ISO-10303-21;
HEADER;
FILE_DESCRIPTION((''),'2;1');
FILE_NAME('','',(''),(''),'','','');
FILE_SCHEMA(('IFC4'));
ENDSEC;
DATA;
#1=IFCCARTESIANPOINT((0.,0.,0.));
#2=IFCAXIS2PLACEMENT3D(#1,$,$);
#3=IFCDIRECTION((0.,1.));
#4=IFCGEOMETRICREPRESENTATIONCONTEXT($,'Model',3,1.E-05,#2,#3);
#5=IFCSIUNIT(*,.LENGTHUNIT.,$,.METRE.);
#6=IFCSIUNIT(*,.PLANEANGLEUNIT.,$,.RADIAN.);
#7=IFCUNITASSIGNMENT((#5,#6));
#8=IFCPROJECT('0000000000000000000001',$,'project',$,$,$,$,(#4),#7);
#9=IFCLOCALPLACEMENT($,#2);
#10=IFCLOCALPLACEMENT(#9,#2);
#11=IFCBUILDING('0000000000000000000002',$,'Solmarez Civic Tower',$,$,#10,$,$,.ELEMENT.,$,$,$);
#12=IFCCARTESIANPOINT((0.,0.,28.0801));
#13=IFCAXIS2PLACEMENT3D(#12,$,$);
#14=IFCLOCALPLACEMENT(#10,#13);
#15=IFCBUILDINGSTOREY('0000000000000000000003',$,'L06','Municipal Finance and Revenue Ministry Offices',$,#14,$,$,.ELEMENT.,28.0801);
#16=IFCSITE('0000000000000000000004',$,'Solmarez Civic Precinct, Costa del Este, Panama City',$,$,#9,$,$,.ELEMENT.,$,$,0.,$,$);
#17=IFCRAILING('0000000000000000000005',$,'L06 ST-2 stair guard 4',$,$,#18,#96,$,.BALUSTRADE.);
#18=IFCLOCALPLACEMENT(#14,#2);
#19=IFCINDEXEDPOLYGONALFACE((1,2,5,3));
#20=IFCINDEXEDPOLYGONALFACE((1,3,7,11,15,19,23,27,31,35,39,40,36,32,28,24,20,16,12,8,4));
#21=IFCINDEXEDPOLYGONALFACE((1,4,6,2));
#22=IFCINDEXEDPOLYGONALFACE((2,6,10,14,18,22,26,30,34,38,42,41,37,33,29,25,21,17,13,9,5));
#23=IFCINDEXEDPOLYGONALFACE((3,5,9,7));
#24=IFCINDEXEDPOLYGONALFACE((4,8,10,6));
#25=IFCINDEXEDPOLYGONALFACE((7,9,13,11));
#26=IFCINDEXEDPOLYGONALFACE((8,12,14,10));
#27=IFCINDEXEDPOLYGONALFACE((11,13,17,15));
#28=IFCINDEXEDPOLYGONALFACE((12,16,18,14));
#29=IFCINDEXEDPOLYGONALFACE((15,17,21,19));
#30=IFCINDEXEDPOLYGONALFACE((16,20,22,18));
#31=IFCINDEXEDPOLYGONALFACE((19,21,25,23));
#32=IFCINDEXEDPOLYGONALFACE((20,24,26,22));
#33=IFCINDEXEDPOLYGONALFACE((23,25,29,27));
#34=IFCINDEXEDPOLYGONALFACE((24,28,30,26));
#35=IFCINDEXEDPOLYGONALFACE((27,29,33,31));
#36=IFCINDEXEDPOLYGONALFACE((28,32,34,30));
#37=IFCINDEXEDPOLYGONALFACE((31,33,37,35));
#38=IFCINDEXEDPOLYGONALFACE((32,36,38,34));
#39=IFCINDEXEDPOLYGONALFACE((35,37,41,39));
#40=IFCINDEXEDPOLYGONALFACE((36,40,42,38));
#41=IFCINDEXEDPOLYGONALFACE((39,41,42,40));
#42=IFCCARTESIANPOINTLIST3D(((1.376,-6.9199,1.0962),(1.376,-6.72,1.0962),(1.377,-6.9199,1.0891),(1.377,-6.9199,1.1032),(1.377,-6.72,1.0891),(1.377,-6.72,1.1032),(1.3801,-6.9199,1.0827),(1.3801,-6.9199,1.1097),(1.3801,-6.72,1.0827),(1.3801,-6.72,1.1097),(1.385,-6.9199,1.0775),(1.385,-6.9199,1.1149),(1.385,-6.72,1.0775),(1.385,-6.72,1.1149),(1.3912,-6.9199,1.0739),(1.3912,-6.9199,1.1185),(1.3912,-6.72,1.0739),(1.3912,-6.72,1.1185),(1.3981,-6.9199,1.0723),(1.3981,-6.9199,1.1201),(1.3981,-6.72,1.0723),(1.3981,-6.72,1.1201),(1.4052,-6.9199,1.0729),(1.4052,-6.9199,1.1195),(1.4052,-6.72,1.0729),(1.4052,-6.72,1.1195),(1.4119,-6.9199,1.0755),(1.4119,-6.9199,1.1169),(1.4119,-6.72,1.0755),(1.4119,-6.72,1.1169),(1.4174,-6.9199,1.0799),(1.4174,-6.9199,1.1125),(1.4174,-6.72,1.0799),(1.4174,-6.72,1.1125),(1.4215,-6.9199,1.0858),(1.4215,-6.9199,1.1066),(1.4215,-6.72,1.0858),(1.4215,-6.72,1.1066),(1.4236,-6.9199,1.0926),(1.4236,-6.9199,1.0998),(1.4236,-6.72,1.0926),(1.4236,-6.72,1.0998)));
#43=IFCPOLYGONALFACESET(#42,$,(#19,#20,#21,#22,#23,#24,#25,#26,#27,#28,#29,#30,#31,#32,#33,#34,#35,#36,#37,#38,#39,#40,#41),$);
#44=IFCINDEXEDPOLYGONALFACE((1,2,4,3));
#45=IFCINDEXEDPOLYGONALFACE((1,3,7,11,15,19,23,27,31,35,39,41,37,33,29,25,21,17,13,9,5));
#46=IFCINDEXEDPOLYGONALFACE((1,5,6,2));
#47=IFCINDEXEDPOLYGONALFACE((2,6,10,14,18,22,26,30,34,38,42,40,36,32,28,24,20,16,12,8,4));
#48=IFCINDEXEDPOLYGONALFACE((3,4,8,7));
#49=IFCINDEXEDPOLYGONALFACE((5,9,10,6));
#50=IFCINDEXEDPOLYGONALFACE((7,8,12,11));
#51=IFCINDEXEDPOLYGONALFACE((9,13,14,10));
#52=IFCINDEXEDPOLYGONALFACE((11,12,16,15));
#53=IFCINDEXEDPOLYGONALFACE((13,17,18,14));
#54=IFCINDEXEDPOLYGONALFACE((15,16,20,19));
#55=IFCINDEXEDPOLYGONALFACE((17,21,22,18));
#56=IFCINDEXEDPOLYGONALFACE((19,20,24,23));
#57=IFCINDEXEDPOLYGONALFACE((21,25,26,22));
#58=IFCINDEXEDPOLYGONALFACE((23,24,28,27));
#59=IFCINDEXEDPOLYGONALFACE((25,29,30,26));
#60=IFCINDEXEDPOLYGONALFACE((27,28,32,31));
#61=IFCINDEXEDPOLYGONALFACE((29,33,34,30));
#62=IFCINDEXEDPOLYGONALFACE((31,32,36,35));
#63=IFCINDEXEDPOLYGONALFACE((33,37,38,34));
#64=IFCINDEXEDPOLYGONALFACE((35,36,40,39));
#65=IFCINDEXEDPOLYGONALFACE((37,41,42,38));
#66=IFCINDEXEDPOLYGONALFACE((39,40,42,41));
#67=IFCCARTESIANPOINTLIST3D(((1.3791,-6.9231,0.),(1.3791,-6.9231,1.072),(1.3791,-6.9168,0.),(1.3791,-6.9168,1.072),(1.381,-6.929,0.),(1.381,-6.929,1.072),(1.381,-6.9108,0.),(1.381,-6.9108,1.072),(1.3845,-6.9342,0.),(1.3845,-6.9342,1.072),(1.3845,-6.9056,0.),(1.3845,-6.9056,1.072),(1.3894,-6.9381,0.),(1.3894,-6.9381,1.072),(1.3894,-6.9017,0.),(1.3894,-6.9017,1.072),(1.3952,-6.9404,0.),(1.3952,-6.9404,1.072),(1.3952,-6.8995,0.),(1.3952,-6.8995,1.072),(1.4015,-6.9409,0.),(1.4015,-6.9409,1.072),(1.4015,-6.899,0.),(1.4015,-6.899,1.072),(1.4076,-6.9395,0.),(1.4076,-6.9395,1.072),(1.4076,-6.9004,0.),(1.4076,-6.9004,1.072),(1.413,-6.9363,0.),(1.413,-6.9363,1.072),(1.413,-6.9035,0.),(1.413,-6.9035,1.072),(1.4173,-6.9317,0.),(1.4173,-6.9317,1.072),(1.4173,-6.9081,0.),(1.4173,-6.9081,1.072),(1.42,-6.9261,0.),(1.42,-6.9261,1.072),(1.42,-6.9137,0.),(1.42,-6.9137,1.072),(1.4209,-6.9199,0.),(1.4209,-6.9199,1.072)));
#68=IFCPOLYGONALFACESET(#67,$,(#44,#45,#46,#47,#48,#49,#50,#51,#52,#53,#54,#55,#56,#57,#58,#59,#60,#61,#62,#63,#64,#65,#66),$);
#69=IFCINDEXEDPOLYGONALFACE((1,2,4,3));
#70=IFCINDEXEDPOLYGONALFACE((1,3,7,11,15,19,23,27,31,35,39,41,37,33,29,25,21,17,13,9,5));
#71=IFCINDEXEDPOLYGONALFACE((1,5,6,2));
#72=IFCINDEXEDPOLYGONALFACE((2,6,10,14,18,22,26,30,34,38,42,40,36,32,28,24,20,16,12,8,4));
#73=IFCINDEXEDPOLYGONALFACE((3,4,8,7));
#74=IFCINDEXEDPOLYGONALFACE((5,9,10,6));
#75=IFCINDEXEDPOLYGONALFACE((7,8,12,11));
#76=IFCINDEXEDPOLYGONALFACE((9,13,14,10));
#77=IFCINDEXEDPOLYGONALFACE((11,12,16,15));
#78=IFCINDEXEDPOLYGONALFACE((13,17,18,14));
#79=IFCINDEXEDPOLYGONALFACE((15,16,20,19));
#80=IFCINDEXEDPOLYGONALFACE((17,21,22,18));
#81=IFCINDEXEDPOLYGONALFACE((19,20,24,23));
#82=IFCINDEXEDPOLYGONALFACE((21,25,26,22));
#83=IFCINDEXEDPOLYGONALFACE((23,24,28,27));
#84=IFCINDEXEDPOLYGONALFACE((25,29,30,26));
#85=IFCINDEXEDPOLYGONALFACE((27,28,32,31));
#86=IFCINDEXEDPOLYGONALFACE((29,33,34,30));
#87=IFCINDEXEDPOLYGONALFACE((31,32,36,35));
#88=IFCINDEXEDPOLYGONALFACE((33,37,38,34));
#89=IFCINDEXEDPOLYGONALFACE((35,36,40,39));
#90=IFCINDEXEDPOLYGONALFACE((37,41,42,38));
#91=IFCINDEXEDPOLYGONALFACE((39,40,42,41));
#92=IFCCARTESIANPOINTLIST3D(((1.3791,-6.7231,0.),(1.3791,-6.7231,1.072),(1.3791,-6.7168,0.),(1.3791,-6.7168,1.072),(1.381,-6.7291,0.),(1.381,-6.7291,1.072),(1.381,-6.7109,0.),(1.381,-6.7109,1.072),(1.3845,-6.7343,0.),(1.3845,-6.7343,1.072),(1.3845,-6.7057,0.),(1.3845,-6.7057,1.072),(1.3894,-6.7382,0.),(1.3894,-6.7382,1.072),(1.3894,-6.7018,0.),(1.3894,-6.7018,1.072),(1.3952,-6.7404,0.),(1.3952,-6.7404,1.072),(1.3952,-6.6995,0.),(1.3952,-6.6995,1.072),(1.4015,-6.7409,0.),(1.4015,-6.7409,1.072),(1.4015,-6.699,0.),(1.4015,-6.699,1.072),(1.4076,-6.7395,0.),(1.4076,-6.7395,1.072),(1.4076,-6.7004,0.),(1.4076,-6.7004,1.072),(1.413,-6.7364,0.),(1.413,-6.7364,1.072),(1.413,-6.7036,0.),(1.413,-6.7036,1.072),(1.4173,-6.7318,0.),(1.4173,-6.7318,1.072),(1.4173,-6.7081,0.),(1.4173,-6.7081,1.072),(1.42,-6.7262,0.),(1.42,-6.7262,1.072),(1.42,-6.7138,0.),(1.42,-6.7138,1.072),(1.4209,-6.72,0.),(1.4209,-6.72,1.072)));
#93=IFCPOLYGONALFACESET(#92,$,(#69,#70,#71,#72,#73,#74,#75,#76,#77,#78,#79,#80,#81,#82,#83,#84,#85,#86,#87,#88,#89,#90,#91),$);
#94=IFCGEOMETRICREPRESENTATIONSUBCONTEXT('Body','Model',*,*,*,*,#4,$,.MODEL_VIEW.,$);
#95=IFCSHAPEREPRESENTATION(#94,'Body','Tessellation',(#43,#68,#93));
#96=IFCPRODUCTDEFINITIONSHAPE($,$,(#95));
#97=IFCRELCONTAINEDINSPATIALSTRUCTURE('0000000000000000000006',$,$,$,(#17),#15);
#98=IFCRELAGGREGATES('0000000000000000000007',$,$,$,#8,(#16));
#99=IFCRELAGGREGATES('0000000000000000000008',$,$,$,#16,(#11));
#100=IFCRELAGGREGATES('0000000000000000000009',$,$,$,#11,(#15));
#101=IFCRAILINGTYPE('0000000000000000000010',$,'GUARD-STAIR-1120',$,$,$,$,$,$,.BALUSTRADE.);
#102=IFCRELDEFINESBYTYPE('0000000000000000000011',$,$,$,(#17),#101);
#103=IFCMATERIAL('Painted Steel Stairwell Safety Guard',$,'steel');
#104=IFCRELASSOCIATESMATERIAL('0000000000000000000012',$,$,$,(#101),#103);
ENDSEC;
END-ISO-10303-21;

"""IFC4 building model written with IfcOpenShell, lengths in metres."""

from ifc_helpers import new_model, si_unit, direction, frame, origin, origin_2d, place, context, subcontext, project, spatial, circle, extrude, material, type_object, element, save


model = new_model("IFC4")

# Units and contexts
model_context = context("Model", 3, precision=1e-05, world=origin(), true_north=direction((0.0, 1.0)))
body_context = subcontext(model_context, "Body", "Model", "MODEL_VIEW")
ifc_project = project(units=[si_unit("LENGTHUNIT", "METRE"), si_unit("PLANEANGLEUNIT", "RADIAN")], contexts=[model_context])

# Site, building, storey
site_placement = place(None, origin())
site = spatial("IfcSite", under=ifc_project, at=site_placement, Name="Solmarez Civic Precinct, Costa del Este, Panama City", CompositionType="ELEMENT", RefElevation=0.0)
building_placement = place(site_placement, origin())
building = spatial("IfcBuilding", under=site, at=building_placement, Name="Solmarez Civic Tower", CompositionType="ELEMENT")
storey_placement = place(building_placement, frame((0.0, 0.0, 28.0801)))
storey = spatial("IfcBuildingStorey", under=building, at=storey_placement, Name="L06", Description="Municipal Finance and Revenue Ministry Offices", CompositionType="ELEMENT", Elevation=28.0801)

# Railing
ifc_material_1 = material(Name="Painted Steel Stairwell Safety Guard", Category="steel")
railing_type_1 = type_object("IfcRailingType", Name="GUARD-STAIR-1120", PredefinedType="BALUSTRADE", material=ifc_material_1)
railing_1_placement = place(storey_placement, frame((1.3999, -6.9199, 0.0)))
element("IfcRailing", 1, at=railing_1_placement, inside=storey, type_object=railing_type_1, Name="L06 ST-2 stair guard 4", PredefinedType="BALUSTRADE", context=body_context, shape_type="SweptSolid", body=[
    extrude(circle(Radius=0.0239, at=origin_2d()), frame((0.0, 0.0, 1.0962), z_axis=(0.0, 1.0, 0.0), x_axis=(-1.0, 0.0, 0.0)), (0.0, 0.0, 1.0), 0.2),
    extrude(circle(Radius=0.021, at=origin_2d()), origin(), (0.0, 0.0, 1.0), 1.072),
    extrude(circle(Radius=0.021, at=origin_2d()), frame((0.0, 0.2, 0.0)), (0.0, 0.0, 1.0), 1.072),
])

save(model, "model.ifc")
